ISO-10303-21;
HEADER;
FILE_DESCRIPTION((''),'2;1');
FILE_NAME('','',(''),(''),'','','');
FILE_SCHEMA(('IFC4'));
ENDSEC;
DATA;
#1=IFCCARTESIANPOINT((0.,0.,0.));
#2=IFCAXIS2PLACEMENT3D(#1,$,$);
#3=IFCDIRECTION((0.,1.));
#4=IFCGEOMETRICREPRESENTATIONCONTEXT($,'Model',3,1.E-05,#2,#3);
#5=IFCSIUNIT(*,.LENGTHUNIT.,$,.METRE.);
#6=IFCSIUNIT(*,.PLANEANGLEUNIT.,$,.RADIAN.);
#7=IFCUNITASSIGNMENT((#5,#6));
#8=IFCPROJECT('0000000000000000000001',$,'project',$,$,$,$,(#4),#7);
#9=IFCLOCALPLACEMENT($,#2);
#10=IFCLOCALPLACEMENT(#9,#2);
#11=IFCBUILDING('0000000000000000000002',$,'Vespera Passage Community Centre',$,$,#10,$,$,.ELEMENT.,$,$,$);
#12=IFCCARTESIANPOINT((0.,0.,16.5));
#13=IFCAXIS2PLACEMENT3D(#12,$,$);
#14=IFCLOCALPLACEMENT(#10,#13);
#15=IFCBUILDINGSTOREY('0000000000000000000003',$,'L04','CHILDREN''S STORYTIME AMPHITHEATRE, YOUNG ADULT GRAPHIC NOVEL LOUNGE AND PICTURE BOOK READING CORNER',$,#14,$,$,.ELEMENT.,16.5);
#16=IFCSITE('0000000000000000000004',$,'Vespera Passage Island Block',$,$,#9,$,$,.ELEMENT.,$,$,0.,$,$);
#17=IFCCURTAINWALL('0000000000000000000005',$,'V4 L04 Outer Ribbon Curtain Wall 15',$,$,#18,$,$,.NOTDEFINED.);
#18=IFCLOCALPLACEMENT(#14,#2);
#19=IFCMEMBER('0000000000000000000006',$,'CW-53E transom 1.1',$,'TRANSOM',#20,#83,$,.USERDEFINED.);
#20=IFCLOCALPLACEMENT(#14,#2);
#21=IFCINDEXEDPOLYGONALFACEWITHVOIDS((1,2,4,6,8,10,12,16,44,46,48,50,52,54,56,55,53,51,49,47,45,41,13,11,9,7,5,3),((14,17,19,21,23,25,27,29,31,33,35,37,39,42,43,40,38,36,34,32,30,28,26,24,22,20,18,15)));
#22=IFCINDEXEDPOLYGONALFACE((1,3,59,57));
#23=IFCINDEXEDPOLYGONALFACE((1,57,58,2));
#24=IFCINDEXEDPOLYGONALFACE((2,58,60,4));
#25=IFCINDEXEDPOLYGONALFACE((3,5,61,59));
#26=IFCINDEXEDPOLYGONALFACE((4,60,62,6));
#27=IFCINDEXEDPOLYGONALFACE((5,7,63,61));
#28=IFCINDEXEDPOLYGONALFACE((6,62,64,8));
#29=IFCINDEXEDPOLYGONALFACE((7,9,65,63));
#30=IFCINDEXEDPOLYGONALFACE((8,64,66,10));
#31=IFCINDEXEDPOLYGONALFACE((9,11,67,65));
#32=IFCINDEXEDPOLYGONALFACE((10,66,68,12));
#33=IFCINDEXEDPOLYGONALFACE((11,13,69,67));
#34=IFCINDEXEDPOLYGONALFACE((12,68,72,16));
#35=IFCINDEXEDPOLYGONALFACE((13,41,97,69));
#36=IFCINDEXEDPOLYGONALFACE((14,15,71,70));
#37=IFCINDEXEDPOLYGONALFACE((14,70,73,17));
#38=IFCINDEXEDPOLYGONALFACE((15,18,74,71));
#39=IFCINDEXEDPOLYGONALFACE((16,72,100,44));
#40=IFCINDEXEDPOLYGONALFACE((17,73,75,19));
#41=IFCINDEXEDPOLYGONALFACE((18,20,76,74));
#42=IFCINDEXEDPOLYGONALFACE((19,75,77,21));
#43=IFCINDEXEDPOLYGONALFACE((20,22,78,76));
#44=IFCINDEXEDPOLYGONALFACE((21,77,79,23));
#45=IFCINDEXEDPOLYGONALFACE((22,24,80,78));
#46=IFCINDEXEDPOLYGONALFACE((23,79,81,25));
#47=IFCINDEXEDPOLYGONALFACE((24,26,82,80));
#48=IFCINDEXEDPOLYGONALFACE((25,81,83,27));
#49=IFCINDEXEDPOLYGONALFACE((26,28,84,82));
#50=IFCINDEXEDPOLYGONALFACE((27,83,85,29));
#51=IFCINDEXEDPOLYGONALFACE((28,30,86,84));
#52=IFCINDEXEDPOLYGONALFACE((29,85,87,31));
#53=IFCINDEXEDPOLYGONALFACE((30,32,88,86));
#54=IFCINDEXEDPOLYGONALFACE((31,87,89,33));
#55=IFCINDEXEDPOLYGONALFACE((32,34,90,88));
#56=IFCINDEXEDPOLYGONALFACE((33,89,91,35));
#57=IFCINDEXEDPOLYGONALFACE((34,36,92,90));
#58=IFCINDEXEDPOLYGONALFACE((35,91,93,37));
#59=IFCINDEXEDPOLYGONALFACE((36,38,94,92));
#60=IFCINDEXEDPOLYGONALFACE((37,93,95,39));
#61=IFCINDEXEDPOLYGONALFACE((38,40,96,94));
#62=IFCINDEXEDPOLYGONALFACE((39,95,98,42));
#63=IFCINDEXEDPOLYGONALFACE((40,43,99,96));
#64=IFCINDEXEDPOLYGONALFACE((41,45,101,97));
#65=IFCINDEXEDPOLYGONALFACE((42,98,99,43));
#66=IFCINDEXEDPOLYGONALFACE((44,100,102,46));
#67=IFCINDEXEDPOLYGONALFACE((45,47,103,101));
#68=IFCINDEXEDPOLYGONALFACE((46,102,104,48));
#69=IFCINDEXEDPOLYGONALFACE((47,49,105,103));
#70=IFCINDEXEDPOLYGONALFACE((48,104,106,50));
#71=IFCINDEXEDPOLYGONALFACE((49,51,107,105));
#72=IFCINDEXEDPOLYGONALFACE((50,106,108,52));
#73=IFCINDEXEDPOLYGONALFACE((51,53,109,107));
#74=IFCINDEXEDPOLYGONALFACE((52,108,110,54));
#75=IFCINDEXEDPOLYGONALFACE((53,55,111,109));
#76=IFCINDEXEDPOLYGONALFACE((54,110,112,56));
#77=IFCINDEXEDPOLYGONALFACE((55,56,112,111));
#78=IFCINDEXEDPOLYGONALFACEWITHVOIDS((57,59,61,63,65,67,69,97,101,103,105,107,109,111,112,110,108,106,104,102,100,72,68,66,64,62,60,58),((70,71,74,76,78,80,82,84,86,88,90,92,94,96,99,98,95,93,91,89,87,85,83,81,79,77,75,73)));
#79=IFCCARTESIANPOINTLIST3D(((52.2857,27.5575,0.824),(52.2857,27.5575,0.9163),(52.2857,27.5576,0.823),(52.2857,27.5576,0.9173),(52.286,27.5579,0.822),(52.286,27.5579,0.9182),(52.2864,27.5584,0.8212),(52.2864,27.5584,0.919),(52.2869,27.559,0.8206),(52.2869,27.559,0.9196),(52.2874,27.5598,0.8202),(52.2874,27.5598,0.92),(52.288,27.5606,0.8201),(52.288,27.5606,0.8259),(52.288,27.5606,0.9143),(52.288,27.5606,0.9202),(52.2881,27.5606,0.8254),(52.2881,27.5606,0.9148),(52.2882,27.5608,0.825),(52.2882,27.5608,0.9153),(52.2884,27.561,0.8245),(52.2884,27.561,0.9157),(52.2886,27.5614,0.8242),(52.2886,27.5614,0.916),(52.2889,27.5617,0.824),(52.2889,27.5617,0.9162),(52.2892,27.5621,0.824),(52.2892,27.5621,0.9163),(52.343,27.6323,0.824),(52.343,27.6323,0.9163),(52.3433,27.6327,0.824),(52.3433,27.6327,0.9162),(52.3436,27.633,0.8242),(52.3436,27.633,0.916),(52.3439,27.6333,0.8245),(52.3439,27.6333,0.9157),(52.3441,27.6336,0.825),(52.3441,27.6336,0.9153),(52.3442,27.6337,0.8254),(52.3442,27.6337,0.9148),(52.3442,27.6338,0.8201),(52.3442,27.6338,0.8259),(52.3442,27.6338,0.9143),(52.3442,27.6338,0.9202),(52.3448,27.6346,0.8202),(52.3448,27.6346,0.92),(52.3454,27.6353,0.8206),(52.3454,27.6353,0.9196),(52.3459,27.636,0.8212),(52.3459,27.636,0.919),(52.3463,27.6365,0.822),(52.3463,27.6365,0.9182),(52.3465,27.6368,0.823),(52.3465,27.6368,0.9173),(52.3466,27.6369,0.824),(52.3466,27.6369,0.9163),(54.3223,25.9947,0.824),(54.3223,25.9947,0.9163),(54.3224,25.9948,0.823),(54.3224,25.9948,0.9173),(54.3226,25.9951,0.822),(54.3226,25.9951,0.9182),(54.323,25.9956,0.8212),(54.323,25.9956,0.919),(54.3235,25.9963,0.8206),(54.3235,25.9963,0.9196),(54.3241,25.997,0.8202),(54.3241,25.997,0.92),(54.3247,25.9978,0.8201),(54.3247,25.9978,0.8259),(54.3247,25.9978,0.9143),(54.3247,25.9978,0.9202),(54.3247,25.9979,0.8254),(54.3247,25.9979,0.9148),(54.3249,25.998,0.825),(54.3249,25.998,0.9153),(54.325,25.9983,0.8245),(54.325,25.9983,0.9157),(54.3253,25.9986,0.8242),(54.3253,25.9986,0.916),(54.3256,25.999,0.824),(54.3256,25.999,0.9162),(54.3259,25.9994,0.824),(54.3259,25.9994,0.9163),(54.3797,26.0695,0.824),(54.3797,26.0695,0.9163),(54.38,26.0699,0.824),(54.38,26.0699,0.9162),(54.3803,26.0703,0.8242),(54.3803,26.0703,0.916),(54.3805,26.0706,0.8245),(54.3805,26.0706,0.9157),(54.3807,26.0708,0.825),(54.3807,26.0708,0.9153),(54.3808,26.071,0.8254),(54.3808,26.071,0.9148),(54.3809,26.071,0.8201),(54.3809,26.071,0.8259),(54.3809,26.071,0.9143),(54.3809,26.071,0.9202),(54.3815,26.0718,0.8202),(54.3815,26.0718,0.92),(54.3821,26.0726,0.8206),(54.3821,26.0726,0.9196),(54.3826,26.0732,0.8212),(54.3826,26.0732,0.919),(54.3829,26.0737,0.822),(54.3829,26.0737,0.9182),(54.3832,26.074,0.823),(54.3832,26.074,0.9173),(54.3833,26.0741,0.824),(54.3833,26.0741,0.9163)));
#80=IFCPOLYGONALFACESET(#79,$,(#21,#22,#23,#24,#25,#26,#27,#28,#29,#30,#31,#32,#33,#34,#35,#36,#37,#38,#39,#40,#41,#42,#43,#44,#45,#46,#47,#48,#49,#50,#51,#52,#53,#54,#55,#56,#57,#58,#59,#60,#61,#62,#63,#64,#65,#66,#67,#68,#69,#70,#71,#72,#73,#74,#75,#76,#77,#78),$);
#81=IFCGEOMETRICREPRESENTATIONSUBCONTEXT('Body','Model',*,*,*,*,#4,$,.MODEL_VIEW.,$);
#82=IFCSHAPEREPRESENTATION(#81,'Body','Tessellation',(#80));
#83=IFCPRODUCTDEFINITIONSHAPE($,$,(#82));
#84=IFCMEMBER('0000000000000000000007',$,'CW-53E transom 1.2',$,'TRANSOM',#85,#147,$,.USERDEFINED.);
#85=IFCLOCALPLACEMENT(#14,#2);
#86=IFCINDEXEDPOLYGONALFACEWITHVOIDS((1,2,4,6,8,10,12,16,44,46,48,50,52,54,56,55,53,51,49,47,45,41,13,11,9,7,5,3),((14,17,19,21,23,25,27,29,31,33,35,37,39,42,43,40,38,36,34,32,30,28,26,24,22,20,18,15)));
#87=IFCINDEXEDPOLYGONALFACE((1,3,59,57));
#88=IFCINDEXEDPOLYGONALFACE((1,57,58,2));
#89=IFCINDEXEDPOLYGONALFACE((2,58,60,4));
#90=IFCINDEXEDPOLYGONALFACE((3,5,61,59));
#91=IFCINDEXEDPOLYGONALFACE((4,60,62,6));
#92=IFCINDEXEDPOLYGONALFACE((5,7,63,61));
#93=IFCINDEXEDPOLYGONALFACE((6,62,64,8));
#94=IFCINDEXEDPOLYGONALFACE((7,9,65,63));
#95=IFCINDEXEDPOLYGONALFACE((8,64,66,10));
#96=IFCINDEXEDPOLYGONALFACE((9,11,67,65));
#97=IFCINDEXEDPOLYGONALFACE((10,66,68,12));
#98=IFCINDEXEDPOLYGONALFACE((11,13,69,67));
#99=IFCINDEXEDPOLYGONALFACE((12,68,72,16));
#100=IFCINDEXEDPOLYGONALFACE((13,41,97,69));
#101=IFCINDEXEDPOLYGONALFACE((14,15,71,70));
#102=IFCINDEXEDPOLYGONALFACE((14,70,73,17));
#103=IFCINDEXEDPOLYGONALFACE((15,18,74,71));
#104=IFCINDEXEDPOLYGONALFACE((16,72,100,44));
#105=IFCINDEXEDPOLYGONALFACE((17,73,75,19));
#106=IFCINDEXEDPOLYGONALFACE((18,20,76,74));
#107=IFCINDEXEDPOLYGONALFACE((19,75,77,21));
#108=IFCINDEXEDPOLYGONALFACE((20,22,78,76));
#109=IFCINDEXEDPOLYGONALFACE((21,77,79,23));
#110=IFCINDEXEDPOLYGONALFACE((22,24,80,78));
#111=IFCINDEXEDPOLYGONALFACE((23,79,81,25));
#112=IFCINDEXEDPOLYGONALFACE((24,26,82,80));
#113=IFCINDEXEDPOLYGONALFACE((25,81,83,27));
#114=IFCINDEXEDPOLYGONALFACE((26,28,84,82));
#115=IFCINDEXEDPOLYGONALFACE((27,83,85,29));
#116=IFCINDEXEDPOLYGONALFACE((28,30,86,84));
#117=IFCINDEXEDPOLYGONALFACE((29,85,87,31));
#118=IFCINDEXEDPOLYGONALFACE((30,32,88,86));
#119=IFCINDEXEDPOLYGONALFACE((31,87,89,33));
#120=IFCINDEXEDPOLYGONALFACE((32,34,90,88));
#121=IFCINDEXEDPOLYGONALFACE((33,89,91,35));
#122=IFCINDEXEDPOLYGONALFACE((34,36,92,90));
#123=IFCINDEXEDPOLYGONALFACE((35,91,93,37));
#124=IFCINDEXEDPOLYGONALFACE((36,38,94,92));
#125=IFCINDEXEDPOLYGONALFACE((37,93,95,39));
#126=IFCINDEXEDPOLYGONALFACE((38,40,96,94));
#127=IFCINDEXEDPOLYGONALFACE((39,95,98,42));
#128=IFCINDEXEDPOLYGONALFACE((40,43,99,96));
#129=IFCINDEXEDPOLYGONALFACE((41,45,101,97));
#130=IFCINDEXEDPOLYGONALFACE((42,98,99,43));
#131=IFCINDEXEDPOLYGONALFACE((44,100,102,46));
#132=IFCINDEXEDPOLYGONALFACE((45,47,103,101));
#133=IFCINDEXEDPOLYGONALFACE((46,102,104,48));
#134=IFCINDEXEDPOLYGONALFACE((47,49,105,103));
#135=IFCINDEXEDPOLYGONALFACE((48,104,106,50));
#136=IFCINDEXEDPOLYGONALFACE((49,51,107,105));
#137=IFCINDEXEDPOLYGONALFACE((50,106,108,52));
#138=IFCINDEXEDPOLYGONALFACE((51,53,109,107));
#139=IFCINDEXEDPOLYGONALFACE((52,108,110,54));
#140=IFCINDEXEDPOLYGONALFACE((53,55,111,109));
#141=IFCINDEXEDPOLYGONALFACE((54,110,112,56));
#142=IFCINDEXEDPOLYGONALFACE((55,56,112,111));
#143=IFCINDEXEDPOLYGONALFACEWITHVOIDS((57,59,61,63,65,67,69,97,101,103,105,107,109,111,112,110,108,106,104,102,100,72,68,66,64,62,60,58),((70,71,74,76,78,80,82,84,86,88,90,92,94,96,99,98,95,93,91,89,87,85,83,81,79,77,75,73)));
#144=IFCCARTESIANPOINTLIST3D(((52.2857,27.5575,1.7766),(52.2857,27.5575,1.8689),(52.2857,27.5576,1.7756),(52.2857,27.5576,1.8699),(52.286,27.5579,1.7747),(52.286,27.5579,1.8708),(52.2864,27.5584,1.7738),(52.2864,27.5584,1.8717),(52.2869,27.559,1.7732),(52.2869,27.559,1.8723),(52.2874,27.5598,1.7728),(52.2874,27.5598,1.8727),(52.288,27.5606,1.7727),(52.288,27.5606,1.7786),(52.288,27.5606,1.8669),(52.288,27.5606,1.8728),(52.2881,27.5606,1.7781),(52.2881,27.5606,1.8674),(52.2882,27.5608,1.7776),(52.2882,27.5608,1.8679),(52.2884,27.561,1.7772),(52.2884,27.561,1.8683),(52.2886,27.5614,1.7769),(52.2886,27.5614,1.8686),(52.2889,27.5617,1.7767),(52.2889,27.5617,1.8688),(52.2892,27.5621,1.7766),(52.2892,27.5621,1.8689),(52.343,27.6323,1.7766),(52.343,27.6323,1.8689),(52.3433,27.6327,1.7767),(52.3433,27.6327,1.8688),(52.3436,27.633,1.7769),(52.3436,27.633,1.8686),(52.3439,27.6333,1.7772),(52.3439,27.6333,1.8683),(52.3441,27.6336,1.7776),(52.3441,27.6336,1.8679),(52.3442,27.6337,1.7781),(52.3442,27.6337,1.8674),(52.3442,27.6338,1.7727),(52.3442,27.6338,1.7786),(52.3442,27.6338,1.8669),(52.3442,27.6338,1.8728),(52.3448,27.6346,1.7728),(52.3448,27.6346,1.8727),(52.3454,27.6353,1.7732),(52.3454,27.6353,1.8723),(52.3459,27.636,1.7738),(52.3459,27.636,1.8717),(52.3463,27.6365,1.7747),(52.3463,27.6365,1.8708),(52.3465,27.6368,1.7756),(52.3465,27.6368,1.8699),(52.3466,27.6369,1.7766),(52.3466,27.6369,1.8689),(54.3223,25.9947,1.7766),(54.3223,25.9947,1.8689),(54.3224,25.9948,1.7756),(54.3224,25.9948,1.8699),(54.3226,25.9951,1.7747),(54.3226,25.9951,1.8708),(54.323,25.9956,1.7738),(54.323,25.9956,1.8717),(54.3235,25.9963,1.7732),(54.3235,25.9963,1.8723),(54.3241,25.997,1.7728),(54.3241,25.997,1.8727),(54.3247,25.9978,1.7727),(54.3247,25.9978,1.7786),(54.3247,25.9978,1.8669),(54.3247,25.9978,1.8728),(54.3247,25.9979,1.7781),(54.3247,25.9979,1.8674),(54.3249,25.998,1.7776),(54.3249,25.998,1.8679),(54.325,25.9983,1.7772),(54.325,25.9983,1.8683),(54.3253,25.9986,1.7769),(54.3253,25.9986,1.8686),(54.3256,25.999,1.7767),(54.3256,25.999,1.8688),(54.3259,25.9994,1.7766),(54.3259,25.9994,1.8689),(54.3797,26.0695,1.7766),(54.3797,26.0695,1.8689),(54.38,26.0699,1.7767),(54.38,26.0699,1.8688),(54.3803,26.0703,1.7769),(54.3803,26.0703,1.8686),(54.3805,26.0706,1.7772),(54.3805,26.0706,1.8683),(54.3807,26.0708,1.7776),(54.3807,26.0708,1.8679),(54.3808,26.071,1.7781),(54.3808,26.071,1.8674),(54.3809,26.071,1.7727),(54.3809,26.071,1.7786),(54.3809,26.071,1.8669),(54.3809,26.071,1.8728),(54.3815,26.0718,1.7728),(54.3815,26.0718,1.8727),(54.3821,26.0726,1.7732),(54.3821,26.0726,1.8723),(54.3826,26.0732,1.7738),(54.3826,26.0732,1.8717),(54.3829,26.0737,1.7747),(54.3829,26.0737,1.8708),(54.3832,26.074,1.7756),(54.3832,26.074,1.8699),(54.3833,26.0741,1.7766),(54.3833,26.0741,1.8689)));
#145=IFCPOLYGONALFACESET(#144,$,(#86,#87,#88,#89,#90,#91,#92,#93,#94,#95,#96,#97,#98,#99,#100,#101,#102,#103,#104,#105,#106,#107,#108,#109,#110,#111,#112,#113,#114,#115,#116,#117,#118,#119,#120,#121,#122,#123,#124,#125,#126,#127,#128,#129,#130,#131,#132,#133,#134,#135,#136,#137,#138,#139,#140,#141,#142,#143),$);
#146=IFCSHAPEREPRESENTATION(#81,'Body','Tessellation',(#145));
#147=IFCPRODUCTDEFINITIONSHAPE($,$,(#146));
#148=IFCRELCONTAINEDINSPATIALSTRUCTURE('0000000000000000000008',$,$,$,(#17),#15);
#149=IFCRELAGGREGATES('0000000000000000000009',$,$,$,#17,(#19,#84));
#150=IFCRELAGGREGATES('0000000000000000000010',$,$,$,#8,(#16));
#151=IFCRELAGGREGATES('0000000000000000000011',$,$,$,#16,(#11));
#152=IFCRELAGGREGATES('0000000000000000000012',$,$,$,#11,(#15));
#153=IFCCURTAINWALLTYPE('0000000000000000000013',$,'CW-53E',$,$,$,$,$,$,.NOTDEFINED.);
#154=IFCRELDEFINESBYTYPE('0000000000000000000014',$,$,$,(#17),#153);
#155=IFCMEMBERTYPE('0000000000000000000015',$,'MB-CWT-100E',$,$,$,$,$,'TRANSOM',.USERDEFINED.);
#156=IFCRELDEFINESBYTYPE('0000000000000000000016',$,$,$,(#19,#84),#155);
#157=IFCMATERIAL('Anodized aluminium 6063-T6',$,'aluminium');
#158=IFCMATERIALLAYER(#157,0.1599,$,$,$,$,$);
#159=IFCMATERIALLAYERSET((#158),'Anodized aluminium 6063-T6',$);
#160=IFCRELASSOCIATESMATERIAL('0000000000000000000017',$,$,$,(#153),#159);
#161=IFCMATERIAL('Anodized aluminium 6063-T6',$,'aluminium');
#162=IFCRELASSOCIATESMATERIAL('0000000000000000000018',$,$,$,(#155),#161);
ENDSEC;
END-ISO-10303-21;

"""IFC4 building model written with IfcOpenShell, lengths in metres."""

from ifc_helpers import new_model, si_unit, direction, frame, origin, origin_2d, place, context, subcontext, project, spatial, hollow_rectangle, extrude, material, layer, layer_set, material_profile, profile_set, type_object, element, aggregate, save


model = new_model("IFC4")

# Units and contexts
model_context = context("Model", 3, precision=1e-05, world=origin(), true_north=direction((0.0, 1.0)))
body_context = subcontext(model_context, "Body", "Model", "MODEL_VIEW")
ifc_project = project(units=[si_unit("LENGTHUNIT", "METRE"), si_unit("PLANEANGLEUNIT", "RADIAN")], contexts=[model_context])

# Site, building, storey
site_placement = place(None, origin())
site = spatial("IfcSite", under=ifc_project, at=site_placement, Name="Vespera Passage Island Block", CompositionType="ELEMENT", RefElevation=0.0)
building_placement = place(site_placement, origin())
building = spatial("IfcBuilding", under=site, at=building_placement, Name="Vespera Passage Community Centre", CompositionType="ELEMENT")
storey_placement = place(building_placement, frame((0.0, 0.0, 16.5)))
storey = spatial("IfcBuildingStorey", under=building, at=storey_placement, Name="L04", Description="CHILDREN'S STORYTIME AMPHITHEATRE, YOUNG ADULT GRAPHIC NOVEL LOUNGE AND PICTURE BOOK READING CORNER", CompositionType="ELEMENT", Elevation=16.5)

# Curtain wall, members
ifc_material_1 = material(Name="Anodized aluminium 6063-T6", Category="aluminium")
ifc_layer_1 = layer(ifc_material_1, 0.1599)
ifc_layer_set_1 = layer_set([ifc_layer_1], Name="Anodized aluminium 6063-T6")
curtain_wall_type = type_object("IfcCurtainWallType", Name="CW-53E", PredefinedType="NOTDEFINED", material=ifc_layer_set_1)
curtain_wall_placement = place(storey_placement, origin())
curtain_wall = element("IfcCurtainWall", 1, at=curtain_wall_placement, inside=storey, type_object=curtain_wall_type, Name="V4 L04 Outer Ribbon Curtain Wall 15", PredefinedType="NOTDEFINED")
ifc_material_2 = material(Name="Anodized aluminium 6063-T6", Category="aluminium")
ifc_material_profile_1 = material_profile(ifc_material_2, hollow_rectangle(XDim=0.1001, YDim=0.1001, WallThickness=0.0039, InnerFilletRadius=0.002, OuterFilletRadius=0.0039, at=origin_2d()), Name="ALU100X100X4")
ifc_profile_set_1 = profile_set([ifc_material_profile_1], Name="Anodized aluminium 6063-T6")
member_type_1 = type_object("IfcMemberType", Name="MB-CWT-100E", ElementType="TRANSOM", PredefinedType="USERDEFINED", material=ifc_profile_set_1)
member_1_placement = place(storey_placement, frame((54.3528, 26.0344, 0.8701), z_axis=(-0.793355, 0.608759, 0.0), x_axis=(-0.608759, -0.793355, 0.0)))
member_1 = element("IfcMember", 2, at=member_1_placement, type_object=member_type_1, Name="CW-53E transom 1.1", ObjectType="TRANSOM", PredefinedType="USERDEFINED", context=body_context, shape_type="SweptSolid", body=[
    extrude(hollow_rectangle(XDim=0.1001, YDim=0.1001, WallThickness=0.0039, InnerFilletRadius=0.002, OuterFilletRadius=0.0039, at=origin_2d()), origin(), (0.0, 0.0, 1.0), 2.5671),
])
member_2_placement = place(storey_placement, frame((54.3528, 26.0344, 1.8228), z_axis=(-0.793355, 0.608759, 0.0), x_axis=(-0.608759, -0.793355, 0.0)))
member_2 = element("IfcMember", 3, at=member_2_placement, type_object=member_type_1, Name="CW-53E transom 1.2", ObjectType="TRANSOM", PredefinedType="USERDEFINED", context=body_context, shape_type="SweptSolid", body=[
    extrude(hollow_rectangle(XDim=0.1001, YDim=0.1001, WallThickness=0.0039, InnerFilletRadius=0.002, OuterFilletRadius=0.0039, at=origin_2d()), origin(), (0.0, 0.0, 1.0), 2.5671),
])
aggregate(curtain_wall, [member_1, member_2])

save(model, "model.ifc")
